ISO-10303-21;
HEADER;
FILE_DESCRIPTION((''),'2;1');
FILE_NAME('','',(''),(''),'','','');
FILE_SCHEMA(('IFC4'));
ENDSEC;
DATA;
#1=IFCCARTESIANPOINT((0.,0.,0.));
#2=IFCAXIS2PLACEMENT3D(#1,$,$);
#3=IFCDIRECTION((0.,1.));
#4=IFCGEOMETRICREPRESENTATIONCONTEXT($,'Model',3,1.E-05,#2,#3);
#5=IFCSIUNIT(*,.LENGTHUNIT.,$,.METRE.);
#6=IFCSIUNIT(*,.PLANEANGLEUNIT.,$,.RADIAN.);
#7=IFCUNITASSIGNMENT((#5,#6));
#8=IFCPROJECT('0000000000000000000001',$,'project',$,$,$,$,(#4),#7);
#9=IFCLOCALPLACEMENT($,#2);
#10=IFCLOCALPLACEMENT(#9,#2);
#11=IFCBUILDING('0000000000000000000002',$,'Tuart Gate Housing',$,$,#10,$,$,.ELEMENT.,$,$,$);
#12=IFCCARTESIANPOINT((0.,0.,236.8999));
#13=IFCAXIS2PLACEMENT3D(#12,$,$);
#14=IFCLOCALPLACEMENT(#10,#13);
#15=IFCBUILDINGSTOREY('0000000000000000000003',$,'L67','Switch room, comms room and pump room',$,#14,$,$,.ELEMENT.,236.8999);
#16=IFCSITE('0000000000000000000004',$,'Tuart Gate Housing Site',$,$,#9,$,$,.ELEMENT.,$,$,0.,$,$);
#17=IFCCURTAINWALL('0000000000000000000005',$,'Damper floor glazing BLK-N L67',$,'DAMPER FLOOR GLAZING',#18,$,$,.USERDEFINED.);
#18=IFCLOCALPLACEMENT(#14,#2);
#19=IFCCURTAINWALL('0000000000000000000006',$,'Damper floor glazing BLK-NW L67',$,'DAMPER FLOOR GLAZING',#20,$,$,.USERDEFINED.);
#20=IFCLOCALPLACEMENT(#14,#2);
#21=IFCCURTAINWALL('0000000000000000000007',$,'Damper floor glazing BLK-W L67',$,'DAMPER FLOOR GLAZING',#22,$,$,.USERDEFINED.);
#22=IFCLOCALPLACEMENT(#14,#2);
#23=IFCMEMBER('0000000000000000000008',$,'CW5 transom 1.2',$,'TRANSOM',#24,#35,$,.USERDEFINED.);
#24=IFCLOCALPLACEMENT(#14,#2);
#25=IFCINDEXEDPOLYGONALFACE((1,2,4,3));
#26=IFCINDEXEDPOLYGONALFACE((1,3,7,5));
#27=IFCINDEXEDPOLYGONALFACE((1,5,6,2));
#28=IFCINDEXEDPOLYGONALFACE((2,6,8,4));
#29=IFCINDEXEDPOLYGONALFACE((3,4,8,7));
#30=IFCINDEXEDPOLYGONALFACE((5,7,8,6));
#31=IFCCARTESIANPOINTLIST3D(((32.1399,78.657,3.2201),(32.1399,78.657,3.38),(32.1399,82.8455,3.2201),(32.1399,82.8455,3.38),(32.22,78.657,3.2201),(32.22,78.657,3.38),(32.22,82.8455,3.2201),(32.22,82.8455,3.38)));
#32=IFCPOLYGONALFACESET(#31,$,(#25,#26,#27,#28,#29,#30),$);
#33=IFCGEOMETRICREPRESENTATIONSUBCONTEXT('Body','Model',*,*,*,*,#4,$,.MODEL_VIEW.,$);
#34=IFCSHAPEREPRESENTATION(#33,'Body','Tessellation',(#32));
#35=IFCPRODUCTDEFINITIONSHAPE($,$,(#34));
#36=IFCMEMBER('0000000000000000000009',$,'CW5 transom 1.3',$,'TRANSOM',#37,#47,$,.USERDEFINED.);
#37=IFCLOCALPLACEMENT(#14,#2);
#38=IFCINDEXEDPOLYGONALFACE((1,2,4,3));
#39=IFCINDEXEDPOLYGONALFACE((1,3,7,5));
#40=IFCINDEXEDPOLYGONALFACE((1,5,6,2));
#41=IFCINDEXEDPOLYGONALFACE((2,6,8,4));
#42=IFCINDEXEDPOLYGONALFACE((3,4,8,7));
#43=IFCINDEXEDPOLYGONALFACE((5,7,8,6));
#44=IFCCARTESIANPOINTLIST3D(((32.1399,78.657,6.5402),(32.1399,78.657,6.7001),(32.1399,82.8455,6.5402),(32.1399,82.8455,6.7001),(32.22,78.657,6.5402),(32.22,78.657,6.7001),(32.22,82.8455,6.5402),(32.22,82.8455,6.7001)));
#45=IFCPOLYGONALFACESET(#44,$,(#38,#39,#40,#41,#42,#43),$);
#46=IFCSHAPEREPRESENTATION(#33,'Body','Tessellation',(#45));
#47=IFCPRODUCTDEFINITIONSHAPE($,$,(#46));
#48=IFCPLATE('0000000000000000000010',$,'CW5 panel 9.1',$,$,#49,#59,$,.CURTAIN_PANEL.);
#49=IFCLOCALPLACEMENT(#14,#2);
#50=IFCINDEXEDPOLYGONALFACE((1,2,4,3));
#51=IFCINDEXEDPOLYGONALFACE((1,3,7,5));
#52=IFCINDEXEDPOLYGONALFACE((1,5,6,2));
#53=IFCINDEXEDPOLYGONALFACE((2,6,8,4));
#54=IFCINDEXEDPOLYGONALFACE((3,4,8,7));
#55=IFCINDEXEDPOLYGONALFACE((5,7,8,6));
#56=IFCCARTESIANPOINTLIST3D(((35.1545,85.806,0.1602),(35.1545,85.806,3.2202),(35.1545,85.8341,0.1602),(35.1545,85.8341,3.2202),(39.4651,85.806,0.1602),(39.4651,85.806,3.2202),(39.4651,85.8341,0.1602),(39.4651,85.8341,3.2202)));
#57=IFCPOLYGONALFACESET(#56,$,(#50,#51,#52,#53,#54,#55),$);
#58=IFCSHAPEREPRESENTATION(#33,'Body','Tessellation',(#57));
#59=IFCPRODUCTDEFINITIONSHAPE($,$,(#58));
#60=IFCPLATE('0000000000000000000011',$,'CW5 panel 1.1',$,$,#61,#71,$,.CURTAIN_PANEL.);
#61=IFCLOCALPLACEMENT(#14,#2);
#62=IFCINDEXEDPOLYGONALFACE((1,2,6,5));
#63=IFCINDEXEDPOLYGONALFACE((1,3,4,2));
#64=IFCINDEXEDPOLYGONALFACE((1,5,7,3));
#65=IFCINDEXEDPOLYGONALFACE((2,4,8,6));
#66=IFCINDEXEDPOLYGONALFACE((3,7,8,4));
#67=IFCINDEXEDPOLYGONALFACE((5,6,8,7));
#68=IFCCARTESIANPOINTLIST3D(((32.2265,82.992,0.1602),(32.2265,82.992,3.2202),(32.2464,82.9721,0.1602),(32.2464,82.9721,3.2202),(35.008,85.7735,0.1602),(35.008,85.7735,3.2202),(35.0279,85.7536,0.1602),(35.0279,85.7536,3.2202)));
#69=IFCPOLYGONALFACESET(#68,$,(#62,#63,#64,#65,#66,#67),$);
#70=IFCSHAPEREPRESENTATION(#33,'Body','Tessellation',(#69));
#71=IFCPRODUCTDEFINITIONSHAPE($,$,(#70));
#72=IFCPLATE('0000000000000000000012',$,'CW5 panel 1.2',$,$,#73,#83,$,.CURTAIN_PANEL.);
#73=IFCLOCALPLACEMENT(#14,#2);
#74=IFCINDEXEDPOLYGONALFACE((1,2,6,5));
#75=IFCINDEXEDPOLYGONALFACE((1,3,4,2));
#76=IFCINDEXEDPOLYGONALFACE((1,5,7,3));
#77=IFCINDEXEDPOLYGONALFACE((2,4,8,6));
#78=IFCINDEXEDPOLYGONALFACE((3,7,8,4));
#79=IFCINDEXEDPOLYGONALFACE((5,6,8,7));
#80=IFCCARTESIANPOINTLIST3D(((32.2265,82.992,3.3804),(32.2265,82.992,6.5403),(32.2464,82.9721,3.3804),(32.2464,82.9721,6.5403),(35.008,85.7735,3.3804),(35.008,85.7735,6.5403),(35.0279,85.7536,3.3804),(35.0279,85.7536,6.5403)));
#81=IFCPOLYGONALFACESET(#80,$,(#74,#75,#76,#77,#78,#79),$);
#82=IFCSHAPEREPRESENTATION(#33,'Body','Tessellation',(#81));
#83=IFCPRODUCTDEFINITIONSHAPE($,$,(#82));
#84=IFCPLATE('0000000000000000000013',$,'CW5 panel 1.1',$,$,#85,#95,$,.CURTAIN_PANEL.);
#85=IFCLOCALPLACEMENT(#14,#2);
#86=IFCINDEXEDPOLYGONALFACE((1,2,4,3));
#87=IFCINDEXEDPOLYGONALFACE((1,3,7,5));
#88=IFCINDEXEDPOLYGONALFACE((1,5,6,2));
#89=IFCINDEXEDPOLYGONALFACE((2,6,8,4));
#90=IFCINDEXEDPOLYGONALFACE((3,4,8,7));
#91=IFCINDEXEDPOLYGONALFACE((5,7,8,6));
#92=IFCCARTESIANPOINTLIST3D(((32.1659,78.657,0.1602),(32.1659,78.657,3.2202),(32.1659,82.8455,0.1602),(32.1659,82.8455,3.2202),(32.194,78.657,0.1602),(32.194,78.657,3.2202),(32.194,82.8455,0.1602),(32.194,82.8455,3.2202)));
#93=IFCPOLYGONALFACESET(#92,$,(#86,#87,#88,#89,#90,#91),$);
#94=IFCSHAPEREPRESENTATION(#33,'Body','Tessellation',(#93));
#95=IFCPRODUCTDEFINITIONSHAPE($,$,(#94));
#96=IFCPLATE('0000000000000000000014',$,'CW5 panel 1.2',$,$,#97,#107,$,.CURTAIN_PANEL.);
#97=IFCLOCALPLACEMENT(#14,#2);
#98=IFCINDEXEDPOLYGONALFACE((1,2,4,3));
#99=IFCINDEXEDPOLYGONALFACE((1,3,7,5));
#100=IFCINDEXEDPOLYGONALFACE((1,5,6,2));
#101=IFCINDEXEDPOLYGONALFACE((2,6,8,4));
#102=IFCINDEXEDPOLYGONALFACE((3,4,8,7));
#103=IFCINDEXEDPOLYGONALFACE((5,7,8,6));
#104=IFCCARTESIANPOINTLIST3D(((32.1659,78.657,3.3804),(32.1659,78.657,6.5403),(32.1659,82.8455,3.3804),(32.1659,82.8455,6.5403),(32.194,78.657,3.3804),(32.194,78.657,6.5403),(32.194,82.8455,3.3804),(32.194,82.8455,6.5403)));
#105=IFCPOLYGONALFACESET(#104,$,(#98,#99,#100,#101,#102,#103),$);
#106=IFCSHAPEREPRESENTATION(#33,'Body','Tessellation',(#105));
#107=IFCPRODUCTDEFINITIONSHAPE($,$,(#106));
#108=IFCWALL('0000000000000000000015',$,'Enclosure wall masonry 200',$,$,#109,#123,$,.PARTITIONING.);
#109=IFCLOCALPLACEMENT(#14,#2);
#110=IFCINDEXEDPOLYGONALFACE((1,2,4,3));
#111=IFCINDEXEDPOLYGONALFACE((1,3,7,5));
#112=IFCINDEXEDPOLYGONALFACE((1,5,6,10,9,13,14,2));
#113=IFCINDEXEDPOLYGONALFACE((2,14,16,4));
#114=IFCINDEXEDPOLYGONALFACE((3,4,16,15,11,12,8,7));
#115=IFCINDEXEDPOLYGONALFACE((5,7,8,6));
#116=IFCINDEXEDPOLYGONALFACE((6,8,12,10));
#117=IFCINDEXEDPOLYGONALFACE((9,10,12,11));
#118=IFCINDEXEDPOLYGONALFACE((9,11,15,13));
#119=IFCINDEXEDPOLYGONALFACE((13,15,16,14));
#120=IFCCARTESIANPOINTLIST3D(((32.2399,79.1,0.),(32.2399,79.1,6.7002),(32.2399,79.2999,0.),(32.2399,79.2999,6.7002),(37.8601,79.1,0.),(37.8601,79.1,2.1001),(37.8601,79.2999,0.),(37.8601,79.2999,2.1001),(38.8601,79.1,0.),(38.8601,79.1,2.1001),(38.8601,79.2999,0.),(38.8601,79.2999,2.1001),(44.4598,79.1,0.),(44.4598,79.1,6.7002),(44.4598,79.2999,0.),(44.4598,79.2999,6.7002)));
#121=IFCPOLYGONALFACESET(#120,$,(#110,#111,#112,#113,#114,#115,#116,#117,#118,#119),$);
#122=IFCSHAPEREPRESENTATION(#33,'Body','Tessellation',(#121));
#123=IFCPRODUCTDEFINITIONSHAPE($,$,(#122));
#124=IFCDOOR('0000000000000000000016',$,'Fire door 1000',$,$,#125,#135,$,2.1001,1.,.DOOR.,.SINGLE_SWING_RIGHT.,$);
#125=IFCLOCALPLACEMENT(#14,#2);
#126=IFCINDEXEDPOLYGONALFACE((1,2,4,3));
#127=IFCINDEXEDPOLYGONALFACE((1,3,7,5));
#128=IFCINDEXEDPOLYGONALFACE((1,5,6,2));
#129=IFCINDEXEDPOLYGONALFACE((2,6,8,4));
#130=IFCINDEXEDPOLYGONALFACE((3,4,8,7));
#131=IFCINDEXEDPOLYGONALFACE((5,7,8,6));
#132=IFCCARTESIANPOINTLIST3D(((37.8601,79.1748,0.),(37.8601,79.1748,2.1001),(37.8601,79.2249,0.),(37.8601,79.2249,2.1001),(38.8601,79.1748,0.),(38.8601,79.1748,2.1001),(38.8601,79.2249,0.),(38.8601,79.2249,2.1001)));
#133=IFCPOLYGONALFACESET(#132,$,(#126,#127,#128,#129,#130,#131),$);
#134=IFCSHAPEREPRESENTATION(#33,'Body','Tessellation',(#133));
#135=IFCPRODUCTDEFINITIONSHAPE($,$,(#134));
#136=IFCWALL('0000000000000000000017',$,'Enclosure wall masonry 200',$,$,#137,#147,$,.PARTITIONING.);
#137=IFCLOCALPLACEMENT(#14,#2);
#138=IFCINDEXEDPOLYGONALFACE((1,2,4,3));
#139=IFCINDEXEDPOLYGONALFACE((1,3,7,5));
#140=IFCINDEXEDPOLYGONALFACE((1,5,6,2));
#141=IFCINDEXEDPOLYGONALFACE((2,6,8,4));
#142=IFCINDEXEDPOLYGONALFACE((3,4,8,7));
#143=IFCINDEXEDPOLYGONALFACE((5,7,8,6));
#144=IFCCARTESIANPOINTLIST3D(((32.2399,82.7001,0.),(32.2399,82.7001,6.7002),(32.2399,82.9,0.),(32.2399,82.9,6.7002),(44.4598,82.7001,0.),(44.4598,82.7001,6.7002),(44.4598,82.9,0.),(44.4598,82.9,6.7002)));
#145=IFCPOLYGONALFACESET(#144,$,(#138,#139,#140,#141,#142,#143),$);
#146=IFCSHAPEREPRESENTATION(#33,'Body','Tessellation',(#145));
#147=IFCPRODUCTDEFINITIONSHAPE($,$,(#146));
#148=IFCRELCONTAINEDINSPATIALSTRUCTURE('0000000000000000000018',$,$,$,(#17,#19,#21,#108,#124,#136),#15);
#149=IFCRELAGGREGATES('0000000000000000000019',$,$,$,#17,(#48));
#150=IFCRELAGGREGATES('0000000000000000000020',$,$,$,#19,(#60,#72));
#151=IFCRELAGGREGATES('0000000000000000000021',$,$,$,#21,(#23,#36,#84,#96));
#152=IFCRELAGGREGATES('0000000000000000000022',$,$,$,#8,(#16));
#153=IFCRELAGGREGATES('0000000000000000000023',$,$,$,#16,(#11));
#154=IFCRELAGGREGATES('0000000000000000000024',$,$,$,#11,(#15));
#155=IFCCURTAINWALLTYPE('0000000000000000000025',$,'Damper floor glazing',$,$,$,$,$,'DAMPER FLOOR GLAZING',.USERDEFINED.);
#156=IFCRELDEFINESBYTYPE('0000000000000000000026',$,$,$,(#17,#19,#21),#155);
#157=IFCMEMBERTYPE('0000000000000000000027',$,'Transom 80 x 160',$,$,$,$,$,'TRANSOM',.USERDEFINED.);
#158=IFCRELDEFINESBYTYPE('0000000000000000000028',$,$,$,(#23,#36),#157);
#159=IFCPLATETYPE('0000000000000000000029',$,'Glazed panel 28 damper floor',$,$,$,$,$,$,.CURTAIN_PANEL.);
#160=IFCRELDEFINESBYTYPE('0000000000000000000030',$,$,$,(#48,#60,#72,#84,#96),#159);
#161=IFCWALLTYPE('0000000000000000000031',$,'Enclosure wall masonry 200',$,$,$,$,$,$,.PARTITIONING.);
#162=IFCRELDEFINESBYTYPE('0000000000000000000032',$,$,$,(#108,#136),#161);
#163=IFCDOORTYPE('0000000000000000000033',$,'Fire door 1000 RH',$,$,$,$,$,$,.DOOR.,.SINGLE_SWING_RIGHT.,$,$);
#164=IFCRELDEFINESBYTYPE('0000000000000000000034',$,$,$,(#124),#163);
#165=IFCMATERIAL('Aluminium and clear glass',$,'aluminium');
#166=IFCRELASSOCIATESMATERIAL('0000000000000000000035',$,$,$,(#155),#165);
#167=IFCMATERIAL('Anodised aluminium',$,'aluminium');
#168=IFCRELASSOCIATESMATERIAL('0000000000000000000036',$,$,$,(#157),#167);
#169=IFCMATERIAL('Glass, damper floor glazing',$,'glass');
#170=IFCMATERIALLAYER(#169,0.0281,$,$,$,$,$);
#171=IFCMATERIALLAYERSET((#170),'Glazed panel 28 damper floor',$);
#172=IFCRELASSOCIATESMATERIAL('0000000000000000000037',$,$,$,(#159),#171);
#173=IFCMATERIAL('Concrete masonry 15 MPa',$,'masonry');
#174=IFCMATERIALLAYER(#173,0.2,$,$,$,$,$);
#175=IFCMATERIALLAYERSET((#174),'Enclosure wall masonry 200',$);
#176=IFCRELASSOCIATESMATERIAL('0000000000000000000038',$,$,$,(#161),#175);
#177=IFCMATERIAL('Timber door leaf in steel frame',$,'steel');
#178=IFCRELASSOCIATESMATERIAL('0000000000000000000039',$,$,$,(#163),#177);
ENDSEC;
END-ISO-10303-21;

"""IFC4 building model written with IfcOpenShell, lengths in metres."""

from ifc_helpers import new_model, si_unit, direction, frame, frame_2d, origin, origin_2d, place, context, subcontext, project, spatial, rectangle, extrude, material, layer, layer_set, material_profile, profile_set, type_object, element, fill, aggregate, save


model = new_model("IFC4")

# Units and contexts
model_context = context("Model", 3, precision=1e-05, world=origin(), true_north=direction((0.0, 1.0)))
body_context = subcontext(model_context, "Body", "Model", "MODEL_VIEW")
ifc_project = project(units=[si_unit("LENGTHUNIT", "METRE"), si_unit("PLANEANGLEUNIT", "RADIAN")], contexts=[model_context])

# Site, building, storey
site_placement = place(None, origin())
site = spatial("IfcSite", under=ifc_project, at=site_placement, Name="Tuart Gate Housing Site", CompositionType="ELEMENT", RefElevation=0.0)
building_placement = place(site_placement, origin())
building = spatial("IfcBuilding", under=site, at=building_placement, Name="Tuart Gate Housing", CompositionType="ELEMENT")
storey_placement = place(building_placement, frame((0.0, 0.0, 236.8999)))
storey = spatial("IfcBuildingStorey", under=building, at=storey_placement, Name="L67", Description="Switch room, comms room and pump room", CompositionType="ELEMENT", Elevation=236.8999)

# Curtain wall
ifc_material_1 = material(Name="Aluminium and clear glass", Category="aluminium")
curtain_wall_type = type_object("IfcCurtainWallType", Name="Damper floor glazing", ElementType="DAMPER FLOOR GLAZING", PredefinedType="USERDEFINED", material=ifc_material_1)
curtain_wall_1_placement = place(storey_placement, origin())
curtain_wall_1 = element("IfcCurtainWall", 1, at=curtain_wall_1_placement, inside=storey, type_object=curtain_wall_type, Name="Damper floor glazing BLK-N L67", ObjectType="DAMPER FLOOR GLAZING", PredefinedType="USERDEFINED")

# Curtain walls
curtain_wall_2_placement = place(storey_placement, origin())
curtain_wall_2 = element("IfcCurtainWall", 2, at=curtain_wall_2_placement, inside=storey, type_object=curtain_wall_type, Name="Damper floor glazing BLK-NW L67", ObjectType="DAMPER FLOOR GLAZING", PredefinedType="USERDEFINED")
curtain_wall_3_placement = place(storey_placement, origin())
curtain_wall_3 = element("IfcCurtainWall", 3, at=curtain_wall_3_placement, inside=storey, type_object=curtain_wall_type, Name="Damper floor glazing BLK-W L67", ObjectType="DAMPER FLOOR GLAZING", PredefinedType="USERDEFINED")

# Members
ifc_material_2 = material(Name="Anodised aluminium", Category="aluminium")
ifc_material_profile_1 = material_profile(ifc_material_2, rectangle(XDim=0.0801, YDim=0.1599, at=origin_2d()), Name="80x160")
ifc_profile_set_1 = profile_set([ifc_material_profile_1], Name="Anodised aluminium")
member_type_1 = type_object("IfcMemberType", Name="Transom 80 x 160", ElementType="TRANSOM", PredefinedType="USERDEFINED", material=ifc_profile_set_1)
member_1_placement = place(storey_placement, frame((32.1799, 82.8455, 3.3), z_axis=(0.0, -1.0, 0.0), x_axis=(1.0, 0.0, 0.0)))
member_1 = element("IfcMember", 4, at=member_1_placement, type_object=member_type_1, Name="CW5 transom 1.2", ObjectType="TRANSOM", PredefinedType="USERDEFINED", context=body_context, shape_type="SweptSolid", body=[
    extrude(rectangle(XDim=0.0801, YDim=0.1599, at=origin_2d()), origin(), (0.0, 0.0, 1.0), 4.1885),
])
member_2_placement = place(storey_placement, frame((32.1799, 82.8455, 6.6201), z_axis=(0.0, -1.0, 0.0), x_axis=(1.0, 0.0, 0.0)))
member_2 = element("IfcMember", 5, at=member_2_placement, type_object=member_type_1, Name="CW5 transom 1.3", ObjectType="TRANSOM", PredefinedType="USERDEFINED", context=body_context, shape_type="SweptSolid", body=[
    extrude(rectangle(XDim=0.0801, YDim=0.1599, at=origin_2d()), origin(), (0.0, 0.0, 1.0), 4.1885),
])

# Plates
ifc_material_3 = material(Name="Glass, damper floor glazing", Category="glass")
ifc_layer_1 = layer(ifc_material_3, 0.0281)
ifc_layer_set_1 = layer_set([ifc_layer_1], Name="Glazed panel 28 damper floor")
plate_type = type_object("IfcPlateType", Name="Glazed panel 28 damper floor", PredefinedType="CURTAIN_PANEL", material=ifc_layer_set_1)
plate_1_placement = place(storey_placement, frame((37.3098, 85.8201, 0.1602), z_axis=(0.0, 0.0, 1.0), x_axis=(-1.0, 0.0, 0.0)))
plate_1 = element("IfcPlate", 6, at=plate_1_placement, type_object=plate_type, Name="CW5 panel 9.1", PredefinedType="CURTAIN_PANEL", context=body_context, shape_type="SweptSolid", body=[
    extrude(rectangle(XDim=4.3105, YDim=0.0281, at=origin_2d()), origin(), (0.0, 0.0, 1.0), 3.0601),
])
aggregate(curtain_wall_1, [plate_1])
plate_2_placement = place(storey_placement, frame((33.6272, 84.3728, 0.1602), z_axis=(0.0, 0.0, 1.0), x_axis=(-0.707107, -0.707107, 0.0)))
plate_2 = element("IfcPlate", 7, at=plate_2_placement, type_object=plate_type, Name="CW5 panel 1.1", PredefinedType="CURTAIN_PANEL", context=body_context, shape_type="SweptSolid", body=[
    extrude(rectangle(XDim=3.9336, YDim=0.0281, at=origin_2d()), origin(), (0.0, 0.0, 1.0), 3.0601),
])
plate_3_placement = place(storey_placement, frame((33.6272, 84.3728, 3.3804), z_axis=(0.0, 0.0, 1.0), x_axis=(-0.707107, -0.707107, 0.0)))
plate_3 = element("IfcPlate", 8, at=plate_3_placement, type_object=plate_type, Name="CW5 panel 1.2", PredefinedType="CURTAIN_PANEL", context=body_context, shape_type="SweptSolid", body=[
    extrude(rectangle(XDim=3.9336, YDim=0.0281, at=origin_2d()), origin(), (0.0, 0.0, 1.0), 3.1599),
])
aggregate(curtain_wall_2, [plate_2, plate_3])
plate_4_placement = place(storey_placement, frame((32.1799, 80.7512, 0.1602), z_axis=(0.0, 0.0, 1.0), x_axis=(0.0, -1.0, 0.0)))
plate_4 = element("IfcPlate", 9, at=plate_4_placement, type_object=plate_type, Name="CW5 panel 1.1", PredefinedType="CURTAIN_PANEL", context=body_context, shape_type="SweptSolid", body=[
    extrude(rectangle(XDim=4.1885, YDim=0.0281, at=origin_2d()), origin(), (0.0, 0.0, 1.0), 3.0601),
])
plate_5_placement = place(storey_placement, frame((32.1799, 80.7512, 3.3804), z_axis=(0.0, 0.0, 1.0), x_axis=(0.0, -1.0, 0.0)))
plate_5 = element("IfcPlate", 10, at=plate_5_placement, type_object=plate_type, Name="CW5 panel 1.2", PredefinedType="CURTAIN_PANEL", context=body_context, shape_type="SweptSolid", body=[
    extrude(rectangle(XDim=4.1885, YDim=0.0281, at=origin_2d()), origin(), (0.0, 0.0, 1.0), 3.1599),
])
aggregate(curtain_wall_3, [member_1, member_2, plate_4, plate_5])

# Wall, opening, door
ifc_material_4 = material(Name="Concrete masonry 15 MPa", Category="masonry")
ifc_layer_2 = layer(ifc_material_4, 0.2)
ifc_layer_set_2 = layer_set([ifc_layer_2], Name="Enclosure wall masonry 200")
wall_type = type_object("IfcWallType", Name="Enclosure wall masonry 200", PredefinedType="PARTITIONING", material=ifc_layer_set_2)
wall_1_placement = place(storey_placement, frame((32.24, 79.2, 0.0), z_axis=(0.0, 0.0, 1.0), x_axis=(1.0, 0.0, 0.0)))
wall_1 = element("IfcWall", 11, at=wall_1_placement, inside=storey, type_object=wall_type, Name="Enclosure wall masonry 200", PredefinedType="PARTITIONING", context=body_context, shape_type="SweptSolid", body=[
    extrude(rectangle(XDim=12.22, YDim=0.2, at=frame_2d((6.1099, 0.0))), origin(), (0.0, 0.0, 1.0), 6.7002),
])
opening_placement = place(wall_1_placement, frame((5.6201, 0.0, 0.0)))
opening = element("IfcOpeningElement", 12, at=opening_placement, cuts=wall_1, PredefinedType="OPENING", context=body_context, shape_type="SweptSolid", body=[
    extrude(rectangle(XDim=1.0, YDim=2.1001, at=frame_2d((0.5, 1.05))), frame((0.0, 0.1099, 0.0), z_axis=(0.0, -1.0, 0.0), x_axis=(1.0, 0.0, 0.0)), (0.0, 0.0, 1.0), 0.22),
])
ifc_material_5 = material(Name="Timber door leaf in steel frame", Category="steel")
door_type = type_object("IfcDoorType", Name="Fire door 1000 RH", OperationType="SINGLE_SWING_RIGHT", PredefinedType="DOOR", material=ifc_material_5)
door_placement = place(opening_placement, origin())
door = element("IfcDoor", 13, at=door_placement, inside=storey, type_object=door_type, Name="Fire door 1000", OperationType="SINGLE_SWING_RIGHT", OverallHeight=2.1001, OverallWidth=1.0, PredefinedType="DOOR", context=body_context, shape_type="SweptSolid", body=[
    extrude(rectangle(XDim=1.0, YDim=2.1001, at=frame_2d((0.5, 1.05))), frame((0.0, 0.0249, 0.0), z_axis=(0.0, -1.0, 0.0), x_axis=(1.0, 0.0, 0.0)), (0.0, 0.0, 1.0), 0.05),
])
fill(opening, door)

# Wall
wall_2_placement = place(storey_placement, frame((32.24, 82.8, 0.0), z_axis=(0.0, 0.0, 1.0), x_axis=(1.0, 0.0, 0.0)))
element("IfcWall", 14, at=wall_2_placement, inside=storey, type_object=wall_type, Name="Enclosure wall masonry 200", PredefinedType="PARTITIONING", context=body_context, shape_type="SweptSolid", body=[
    extrude(rectangle(XDim=12.22, YDim=0.2, at=frame_2d((6.1099, 0.0))), origin(), (0.0, 0.0, 1.0), 6.7002),
])

save(model, "model.ifc")
